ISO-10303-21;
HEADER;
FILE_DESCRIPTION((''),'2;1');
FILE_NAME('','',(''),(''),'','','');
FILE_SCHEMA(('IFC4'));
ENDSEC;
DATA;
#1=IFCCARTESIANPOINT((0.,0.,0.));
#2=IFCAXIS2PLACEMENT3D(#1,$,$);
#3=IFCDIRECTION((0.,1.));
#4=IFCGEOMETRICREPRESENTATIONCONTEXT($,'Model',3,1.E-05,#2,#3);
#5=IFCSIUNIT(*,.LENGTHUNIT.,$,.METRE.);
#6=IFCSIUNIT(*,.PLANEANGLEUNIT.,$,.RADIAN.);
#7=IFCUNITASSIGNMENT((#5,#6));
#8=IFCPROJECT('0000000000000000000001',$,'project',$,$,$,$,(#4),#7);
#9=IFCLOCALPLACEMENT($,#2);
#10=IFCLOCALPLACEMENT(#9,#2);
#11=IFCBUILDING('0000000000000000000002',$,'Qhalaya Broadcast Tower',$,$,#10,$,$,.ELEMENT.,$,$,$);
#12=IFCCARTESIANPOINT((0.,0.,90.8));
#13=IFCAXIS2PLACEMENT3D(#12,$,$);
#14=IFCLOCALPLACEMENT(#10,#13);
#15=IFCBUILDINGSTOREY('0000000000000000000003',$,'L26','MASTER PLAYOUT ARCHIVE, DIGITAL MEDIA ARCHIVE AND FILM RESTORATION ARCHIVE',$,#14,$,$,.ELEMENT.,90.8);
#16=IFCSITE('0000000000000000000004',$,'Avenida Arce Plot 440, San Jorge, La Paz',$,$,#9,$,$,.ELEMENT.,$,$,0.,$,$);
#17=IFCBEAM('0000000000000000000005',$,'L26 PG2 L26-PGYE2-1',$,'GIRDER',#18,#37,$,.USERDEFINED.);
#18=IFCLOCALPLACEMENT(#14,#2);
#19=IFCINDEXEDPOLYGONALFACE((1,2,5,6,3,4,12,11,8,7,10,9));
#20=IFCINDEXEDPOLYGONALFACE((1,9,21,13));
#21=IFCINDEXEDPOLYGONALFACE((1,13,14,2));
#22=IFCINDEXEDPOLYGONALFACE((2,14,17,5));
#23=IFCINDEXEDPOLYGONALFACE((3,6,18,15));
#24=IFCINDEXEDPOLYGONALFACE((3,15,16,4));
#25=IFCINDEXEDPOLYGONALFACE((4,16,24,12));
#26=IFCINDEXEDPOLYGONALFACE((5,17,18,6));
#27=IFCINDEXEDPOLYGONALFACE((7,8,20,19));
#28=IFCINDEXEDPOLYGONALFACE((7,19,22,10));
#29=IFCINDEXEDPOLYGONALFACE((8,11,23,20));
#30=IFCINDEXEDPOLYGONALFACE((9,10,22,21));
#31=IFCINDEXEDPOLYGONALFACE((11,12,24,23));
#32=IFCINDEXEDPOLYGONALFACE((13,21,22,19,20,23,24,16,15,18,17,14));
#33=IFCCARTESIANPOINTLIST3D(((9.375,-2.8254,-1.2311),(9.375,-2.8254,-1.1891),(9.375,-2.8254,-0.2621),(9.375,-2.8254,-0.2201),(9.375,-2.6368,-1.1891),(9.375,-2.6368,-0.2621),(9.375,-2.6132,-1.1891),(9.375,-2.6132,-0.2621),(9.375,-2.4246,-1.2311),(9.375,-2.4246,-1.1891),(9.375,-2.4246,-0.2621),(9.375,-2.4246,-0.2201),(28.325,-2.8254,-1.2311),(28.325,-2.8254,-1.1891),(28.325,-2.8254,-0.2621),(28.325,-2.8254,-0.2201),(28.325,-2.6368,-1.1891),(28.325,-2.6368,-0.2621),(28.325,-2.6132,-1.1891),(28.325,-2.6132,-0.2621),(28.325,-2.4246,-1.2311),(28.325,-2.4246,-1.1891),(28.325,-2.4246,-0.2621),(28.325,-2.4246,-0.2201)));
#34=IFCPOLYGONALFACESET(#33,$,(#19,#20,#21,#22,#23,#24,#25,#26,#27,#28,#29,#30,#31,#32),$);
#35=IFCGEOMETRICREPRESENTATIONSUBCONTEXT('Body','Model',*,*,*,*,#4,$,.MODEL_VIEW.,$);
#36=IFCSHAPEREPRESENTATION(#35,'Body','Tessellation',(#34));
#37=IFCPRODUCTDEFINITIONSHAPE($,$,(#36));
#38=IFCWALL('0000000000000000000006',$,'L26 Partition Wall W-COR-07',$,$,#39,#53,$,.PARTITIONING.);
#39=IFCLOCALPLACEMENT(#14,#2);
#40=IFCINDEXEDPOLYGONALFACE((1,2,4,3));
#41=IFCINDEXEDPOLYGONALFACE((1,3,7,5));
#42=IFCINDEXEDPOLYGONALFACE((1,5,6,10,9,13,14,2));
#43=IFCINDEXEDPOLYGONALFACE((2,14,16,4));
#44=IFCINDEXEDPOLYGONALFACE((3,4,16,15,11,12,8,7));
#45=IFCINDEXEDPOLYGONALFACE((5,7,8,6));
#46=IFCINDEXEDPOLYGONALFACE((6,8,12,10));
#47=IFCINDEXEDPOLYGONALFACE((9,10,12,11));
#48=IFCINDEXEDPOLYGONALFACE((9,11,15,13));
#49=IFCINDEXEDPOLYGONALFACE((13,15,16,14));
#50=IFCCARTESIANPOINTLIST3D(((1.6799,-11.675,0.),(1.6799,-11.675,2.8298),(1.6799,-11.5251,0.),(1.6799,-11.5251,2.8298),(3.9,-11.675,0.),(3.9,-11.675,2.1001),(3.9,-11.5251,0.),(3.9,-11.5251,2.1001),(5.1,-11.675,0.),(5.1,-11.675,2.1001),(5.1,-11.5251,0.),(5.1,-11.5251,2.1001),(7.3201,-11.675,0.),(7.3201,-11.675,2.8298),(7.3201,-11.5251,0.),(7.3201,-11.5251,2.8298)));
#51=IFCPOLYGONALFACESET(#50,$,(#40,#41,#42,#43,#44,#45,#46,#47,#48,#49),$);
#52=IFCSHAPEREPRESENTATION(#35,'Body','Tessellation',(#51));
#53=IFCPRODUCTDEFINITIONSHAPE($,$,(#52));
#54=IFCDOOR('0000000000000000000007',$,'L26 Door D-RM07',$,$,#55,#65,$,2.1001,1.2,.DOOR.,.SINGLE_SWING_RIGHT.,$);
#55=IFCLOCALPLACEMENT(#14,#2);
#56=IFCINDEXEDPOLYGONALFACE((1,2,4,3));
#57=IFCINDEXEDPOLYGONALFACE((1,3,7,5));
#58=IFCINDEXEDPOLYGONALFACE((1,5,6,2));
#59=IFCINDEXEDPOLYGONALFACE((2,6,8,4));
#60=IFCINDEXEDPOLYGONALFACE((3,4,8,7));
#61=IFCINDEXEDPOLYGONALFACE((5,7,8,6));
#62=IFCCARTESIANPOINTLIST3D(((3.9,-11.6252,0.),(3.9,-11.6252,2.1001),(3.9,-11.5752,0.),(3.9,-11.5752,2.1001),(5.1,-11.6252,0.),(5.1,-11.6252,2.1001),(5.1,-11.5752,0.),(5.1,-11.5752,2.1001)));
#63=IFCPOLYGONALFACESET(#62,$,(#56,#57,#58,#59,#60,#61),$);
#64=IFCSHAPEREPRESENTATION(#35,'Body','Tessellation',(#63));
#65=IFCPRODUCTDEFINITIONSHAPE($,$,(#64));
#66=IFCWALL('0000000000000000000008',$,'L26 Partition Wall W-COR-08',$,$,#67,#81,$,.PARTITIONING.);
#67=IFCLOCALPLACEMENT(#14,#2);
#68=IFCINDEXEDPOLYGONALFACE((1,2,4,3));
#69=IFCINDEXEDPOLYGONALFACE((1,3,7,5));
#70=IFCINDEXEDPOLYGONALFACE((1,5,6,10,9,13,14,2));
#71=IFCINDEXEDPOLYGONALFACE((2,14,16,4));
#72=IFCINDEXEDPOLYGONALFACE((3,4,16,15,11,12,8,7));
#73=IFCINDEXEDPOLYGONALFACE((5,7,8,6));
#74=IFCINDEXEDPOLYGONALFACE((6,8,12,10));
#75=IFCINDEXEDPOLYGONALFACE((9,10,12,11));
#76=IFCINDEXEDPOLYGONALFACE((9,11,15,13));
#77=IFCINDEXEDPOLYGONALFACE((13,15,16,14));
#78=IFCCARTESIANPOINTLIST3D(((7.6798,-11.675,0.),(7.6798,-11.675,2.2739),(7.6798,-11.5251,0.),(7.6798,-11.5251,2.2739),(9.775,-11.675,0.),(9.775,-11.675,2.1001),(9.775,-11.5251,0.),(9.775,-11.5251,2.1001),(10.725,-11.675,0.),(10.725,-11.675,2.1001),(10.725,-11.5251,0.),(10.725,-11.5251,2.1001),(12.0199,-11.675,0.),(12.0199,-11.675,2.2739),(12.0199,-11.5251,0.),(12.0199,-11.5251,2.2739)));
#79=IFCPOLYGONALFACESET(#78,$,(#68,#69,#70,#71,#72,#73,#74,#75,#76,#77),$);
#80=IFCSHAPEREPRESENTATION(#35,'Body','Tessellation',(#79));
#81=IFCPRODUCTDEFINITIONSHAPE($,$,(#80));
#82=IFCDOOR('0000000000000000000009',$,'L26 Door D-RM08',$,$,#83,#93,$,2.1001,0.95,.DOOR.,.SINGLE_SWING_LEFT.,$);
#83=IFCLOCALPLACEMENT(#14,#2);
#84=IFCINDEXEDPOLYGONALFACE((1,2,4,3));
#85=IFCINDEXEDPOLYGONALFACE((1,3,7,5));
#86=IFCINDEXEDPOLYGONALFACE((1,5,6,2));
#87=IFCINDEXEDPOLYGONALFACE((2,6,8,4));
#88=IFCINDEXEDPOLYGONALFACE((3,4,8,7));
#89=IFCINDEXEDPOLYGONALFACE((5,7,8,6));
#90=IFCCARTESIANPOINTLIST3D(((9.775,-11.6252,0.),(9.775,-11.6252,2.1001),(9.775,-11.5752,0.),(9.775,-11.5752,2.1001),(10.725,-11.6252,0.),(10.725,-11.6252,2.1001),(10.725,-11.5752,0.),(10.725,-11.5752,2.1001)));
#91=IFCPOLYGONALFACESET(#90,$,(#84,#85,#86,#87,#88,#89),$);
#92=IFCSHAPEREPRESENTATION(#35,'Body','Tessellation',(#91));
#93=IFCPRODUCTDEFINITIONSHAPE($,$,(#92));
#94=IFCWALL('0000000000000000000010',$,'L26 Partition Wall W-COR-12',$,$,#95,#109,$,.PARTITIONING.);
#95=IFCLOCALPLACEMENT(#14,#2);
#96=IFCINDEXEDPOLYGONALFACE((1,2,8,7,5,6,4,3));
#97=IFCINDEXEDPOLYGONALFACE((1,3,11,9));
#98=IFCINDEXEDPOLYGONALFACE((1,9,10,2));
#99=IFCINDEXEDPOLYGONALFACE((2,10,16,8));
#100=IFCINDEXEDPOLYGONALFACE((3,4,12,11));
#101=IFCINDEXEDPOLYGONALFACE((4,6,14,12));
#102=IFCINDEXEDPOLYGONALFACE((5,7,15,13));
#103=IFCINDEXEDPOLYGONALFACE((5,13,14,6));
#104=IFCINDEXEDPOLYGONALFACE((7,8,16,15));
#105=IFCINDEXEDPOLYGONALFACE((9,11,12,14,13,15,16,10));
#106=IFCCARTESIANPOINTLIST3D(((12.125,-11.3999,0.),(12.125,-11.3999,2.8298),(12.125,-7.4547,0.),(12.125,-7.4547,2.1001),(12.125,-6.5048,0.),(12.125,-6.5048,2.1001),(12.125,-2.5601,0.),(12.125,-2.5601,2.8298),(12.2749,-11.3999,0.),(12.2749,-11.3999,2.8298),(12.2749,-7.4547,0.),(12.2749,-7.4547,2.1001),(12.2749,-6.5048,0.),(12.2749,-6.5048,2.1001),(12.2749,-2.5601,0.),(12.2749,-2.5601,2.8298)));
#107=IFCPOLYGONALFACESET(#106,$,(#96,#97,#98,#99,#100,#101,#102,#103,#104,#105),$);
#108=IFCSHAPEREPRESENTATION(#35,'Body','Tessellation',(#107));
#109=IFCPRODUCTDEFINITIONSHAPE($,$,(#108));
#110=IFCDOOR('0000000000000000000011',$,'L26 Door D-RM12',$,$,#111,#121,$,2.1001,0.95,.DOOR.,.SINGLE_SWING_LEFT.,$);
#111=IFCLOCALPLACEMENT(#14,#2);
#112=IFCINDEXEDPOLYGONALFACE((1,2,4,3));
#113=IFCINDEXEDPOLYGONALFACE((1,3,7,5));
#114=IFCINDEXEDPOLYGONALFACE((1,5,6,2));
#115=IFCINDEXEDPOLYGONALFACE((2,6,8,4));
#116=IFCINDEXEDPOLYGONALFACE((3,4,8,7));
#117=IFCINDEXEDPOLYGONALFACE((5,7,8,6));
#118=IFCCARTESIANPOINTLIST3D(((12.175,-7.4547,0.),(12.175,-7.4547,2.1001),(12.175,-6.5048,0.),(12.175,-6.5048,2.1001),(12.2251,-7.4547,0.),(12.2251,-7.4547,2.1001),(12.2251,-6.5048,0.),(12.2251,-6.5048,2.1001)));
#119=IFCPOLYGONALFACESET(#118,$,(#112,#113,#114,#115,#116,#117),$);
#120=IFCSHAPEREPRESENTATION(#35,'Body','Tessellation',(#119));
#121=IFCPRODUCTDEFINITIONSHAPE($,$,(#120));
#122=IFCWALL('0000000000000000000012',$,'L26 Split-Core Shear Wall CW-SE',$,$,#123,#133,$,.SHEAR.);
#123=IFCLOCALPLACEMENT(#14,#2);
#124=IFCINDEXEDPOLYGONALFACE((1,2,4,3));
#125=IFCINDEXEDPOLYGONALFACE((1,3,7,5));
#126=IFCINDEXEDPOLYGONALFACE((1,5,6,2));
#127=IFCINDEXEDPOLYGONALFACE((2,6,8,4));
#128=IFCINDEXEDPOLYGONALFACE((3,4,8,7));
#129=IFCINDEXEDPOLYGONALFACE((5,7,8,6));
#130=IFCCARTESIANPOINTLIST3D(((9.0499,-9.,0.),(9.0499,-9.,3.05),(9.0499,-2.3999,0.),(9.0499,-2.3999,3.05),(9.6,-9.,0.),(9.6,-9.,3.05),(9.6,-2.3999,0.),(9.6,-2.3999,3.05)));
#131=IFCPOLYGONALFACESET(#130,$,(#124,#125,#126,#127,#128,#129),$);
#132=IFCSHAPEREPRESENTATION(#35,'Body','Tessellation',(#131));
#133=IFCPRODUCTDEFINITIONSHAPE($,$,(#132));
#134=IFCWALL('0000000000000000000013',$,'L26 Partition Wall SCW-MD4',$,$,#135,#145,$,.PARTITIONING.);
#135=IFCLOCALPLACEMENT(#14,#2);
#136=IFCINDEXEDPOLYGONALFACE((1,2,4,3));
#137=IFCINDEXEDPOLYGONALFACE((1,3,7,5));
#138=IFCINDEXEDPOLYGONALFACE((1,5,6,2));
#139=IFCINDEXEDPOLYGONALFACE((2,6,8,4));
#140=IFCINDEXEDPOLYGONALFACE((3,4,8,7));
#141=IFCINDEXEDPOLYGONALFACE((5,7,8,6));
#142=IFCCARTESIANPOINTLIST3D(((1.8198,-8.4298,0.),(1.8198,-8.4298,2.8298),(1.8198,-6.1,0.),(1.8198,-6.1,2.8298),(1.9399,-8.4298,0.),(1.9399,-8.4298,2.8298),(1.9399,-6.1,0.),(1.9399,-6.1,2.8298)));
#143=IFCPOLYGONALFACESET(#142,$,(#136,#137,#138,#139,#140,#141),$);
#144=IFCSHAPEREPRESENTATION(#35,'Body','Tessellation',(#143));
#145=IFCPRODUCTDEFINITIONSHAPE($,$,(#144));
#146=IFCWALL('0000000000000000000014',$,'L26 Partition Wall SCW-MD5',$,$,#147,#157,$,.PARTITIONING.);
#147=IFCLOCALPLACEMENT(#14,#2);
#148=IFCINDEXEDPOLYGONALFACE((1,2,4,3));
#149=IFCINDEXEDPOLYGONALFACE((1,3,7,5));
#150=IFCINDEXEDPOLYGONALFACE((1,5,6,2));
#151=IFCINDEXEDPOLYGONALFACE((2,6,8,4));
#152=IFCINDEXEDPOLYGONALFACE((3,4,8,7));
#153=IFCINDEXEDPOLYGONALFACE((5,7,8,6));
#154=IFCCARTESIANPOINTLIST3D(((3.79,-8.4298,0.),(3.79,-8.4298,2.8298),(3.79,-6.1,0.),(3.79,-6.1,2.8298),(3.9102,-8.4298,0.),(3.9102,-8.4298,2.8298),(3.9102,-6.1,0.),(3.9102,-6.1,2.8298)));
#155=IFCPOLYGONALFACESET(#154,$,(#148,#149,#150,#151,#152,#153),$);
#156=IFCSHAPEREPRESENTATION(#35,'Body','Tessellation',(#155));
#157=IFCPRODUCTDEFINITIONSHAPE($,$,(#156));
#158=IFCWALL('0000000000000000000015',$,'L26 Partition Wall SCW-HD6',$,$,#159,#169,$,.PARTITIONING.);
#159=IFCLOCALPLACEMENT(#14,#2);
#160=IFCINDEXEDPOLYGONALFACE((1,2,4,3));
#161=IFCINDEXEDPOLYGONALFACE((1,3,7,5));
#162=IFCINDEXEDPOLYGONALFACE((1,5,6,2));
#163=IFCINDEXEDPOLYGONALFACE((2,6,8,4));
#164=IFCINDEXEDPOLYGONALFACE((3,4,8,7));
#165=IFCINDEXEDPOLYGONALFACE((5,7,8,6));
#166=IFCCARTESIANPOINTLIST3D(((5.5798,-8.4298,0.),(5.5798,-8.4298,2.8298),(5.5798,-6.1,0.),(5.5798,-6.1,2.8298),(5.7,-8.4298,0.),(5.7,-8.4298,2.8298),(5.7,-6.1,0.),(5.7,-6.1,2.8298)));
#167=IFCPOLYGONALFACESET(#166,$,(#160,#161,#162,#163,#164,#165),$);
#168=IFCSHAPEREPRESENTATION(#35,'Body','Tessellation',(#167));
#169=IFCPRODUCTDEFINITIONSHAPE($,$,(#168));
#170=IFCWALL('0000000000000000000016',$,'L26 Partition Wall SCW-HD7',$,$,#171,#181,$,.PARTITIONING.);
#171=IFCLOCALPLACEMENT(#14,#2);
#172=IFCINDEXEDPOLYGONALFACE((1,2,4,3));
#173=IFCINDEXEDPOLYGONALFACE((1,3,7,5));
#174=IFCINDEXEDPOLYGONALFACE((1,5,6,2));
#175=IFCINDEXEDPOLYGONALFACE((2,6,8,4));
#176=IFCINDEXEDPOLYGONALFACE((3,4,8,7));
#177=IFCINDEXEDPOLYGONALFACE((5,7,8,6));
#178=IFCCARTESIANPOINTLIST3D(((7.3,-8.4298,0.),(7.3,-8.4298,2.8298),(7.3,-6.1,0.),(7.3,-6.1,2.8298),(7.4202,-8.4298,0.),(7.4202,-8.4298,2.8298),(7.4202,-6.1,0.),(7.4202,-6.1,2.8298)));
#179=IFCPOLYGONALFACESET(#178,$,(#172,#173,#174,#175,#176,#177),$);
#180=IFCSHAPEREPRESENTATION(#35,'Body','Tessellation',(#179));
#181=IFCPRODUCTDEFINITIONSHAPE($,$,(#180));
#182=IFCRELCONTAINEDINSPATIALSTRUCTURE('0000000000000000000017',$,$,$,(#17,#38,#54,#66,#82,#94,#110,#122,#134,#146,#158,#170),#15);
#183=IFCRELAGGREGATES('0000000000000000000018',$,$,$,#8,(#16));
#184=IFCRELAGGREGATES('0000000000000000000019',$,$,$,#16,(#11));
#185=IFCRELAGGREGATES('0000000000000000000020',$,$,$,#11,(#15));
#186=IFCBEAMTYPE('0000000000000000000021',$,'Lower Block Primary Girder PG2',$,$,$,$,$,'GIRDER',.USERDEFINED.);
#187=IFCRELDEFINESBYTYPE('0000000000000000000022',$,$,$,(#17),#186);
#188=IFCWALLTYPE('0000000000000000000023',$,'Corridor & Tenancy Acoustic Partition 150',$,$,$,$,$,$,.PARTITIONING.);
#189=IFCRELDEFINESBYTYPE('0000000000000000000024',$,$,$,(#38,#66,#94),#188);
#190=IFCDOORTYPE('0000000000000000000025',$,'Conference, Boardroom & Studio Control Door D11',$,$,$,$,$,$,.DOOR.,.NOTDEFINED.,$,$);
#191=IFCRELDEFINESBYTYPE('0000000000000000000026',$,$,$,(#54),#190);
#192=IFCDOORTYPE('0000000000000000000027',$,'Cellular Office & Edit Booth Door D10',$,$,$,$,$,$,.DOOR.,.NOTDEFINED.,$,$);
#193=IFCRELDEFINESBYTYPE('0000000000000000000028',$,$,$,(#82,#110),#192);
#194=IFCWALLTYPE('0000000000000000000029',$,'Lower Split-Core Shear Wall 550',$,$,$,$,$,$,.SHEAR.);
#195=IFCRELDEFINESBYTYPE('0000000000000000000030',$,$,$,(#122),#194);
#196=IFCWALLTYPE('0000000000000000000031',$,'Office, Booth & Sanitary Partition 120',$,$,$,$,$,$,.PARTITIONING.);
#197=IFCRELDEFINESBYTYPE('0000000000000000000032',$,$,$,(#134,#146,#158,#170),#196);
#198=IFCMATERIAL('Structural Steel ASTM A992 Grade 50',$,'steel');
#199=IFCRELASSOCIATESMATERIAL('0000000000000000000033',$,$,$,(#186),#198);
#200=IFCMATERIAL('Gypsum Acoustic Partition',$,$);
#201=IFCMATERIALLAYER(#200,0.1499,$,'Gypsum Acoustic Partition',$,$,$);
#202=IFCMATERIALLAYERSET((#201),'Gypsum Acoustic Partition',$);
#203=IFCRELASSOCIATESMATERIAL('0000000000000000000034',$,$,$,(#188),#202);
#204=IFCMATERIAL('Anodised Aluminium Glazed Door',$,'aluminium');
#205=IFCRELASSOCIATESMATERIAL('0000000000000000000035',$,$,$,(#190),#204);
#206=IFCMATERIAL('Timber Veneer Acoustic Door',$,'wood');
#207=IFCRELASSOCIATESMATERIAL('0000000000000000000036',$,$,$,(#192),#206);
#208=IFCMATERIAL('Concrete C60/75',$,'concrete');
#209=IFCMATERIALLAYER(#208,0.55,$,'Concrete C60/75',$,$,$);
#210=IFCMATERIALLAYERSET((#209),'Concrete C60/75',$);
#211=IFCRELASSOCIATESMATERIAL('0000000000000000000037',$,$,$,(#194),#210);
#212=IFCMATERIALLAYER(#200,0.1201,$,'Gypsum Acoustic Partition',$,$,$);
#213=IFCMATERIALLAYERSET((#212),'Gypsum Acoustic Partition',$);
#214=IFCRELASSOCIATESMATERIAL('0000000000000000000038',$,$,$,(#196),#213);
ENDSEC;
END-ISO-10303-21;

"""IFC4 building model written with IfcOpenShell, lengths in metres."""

from ifc_helpers import new_model, si_unit, direction, frame, frame_2d, origin, origin_2d, place, context, subcontext, project, spatial, rectangle, i_section, extrude, material, layer, layer_set, material_profile, profile_set, type_object, element, fill, save


model = new_model("IFC4")

# Units and contexts
model_context = context("Model", 3, precision=1e-05, world=origin(), true_north=direction((0.0, 1.0)))
body_context = subcontext(model_context, "Body", "Model", "MODEL_VIEW")
ifc_project = project(units=[si_unit("LENGTHUNIT", "METRE"), si_unit("PLANEANGLEUNIT", "RADIAN")], contexts=[model_context])

# Site, building, storey
site_placement = place(None, origin())
site = spatial("IfcSite", under=ifc_project, at=site_placement, Name="Avenida Arce Plot 440, San Jorge, La Paz", CompositionType="ELEMENT", RefElevation=0.0)
building_placement = place(site_placement, origin())
building = spatial("IfcBuilding", under=site, at=building_placement, Name="Qhalaya Broadcast Tower", CompositionType="ELEMENT")
storey_placement = place(building_placement, frame((0.0, 0.0, 90.8)))
storey = spatial("IfcBuildingStorey", under=building, at=storey_placement, Name="L26", Description="MASTER PLAYOUT ARCHIVE, DIGITAL MEDIA ARCHIVE AND FILM RESTORATION ARCHIVE", CompositionType="ELEMENT", Elevation=90.8)

# Beam
ifc_material_1 = material(Name="Structural Steel ASTM A992 Grade 50", Category="steel")
ifc_material_profile_1 = material_profile(ifc_material_1, i_section(OverallWidth=0.4009, OverallDepth=1.011, WebThickness=0.0237, FlangeThickness=0.042, at=origin_2d()), Name="W40X297")
ifc_profile_set_1 = profile_set([ifc_material_profile_1], Name="Structural Steel ASTM A992 Grade 50")
beam_type_1 = type_object("IfcBeamType", Name="Lower Block Primary Girder PG2", ElementType="GIRDER", PredefinedType="USERDEFINED", material=ifc_profile_set_1)
beam_1_placement = place(storey_placement, frame((9.375, -2.625, -0.7256), z_axis=(1.0, 0.0, 0.0), x_axis=(0.0, 1.0, 0.0)))
element("IfcBeam", 1, at=beam_1_placement, inside=storey, type_object=beam_type_1, Name="L26 PG2 L26-PGYE2-1", ObjectType="GIRDER", PredefinedType="USERDEFINED", context=body_context, shape_type="SweptSolid", body=[
    extrude(i_section(OverallWidth=0.4009, OverallDepth=1.011, WebThickness=0.0237, FlangeThickness=0.042, at=origin_2d()), origin(), (0.0, 0.0, 1.0), 18.95),
])

# Walls, openings, doors
ifc_material_2 = material(Name="Gypsum Acoustic Partition")
ifc_layer_1 = layer(ifc_material_2, 0.1499, Name="Gypsum Acoustic Partition")
ifc_layer_set_1 = layer_set([ifc_layer_1], Name="Gypsum Acoustic Partition")
wall_type_1 = type_object("IfcWallType", Name="Corridor & Tenancy Acoustic Partition 150", PredefinedType="PARTITIONING", material=ifc_layer_set_1)
wall_1_placement = place(storey_placement, frame((1.6799, -11.6001, 0.0), z_axis=(0.0, 0.0, 1.0), x_axis=(1.0, 0.0, 0.0)))
wall_1 = element("IfcWall", 2, at=wall_1_placement, inside=storey, type_object=wall_type_1, Name="L26 Partition Wall W-COR-07", PredefinedType="PARTITIONING", context=body_context, shape_type="SweptSolid", body=[
    extrude(rectangle(XDim=5.6401, YDim=0.1499, at=frame_2d((2.8201, 0.0))), origin(), (0.0, 0.0, 1.0), 2.8298),
])
opening_1_placement = place(wall_1_placement, frame((2.22, 0.0, 0.0)))
opening_1 = element("IfcOpeningElement", 3, at=opening_1_placement, cuts=wall_1, PredefinedType="OPENING", context=body_context, shape_type="SweptSolid", body=[
    extrude(rectangle(XDim=1.2, YDim=2.1001, at=frame_2d((0.6001, 1.05))), frame((0.0, 0.0869, 0.0), z_axis=(0.0, -1.0, 0.0), x_axis=(1.0, 0.0, 0.0)), (0.0, 0.0, 1.0), 0.1738),
])
ifc_material_3 = material(Name="Anodised Aluminium Glazed Door", Category="aluminium")
door_type_1 = type_object("IfcDoorType", Name="Conference, Boardroom & Studio Control Door D11", OperationType="NOTDEFINED", PredefinedType="DOOR", material=ifc_material_3)
door_1_placement = place(opening_1_placement, origin())
door_1 = element("IfcDoor", 4, at=door_1_placement, inside=storey, type_object=door_type_1, Name="L26 Door D-RM07", OperationType="SINGLE_SWING_RIGHT", OverallHeight=2.1001, OverallWidth=1.2, PredefinedType="DOOR", context=body_context, shape_type="SweptSolid", body=[
    extrude(rectangle(XDim=1.2, YDim=2.1001, at=frame_2d((0.6001, 1.05))), frame((0.0, 0.0249, 0.0), z_axis=(0.0, -1.0, 0.0), x_axis=(1.0, 0.0, 0.0)), (0.0, 0.0, 1.0), 0.05),
])
fill(opening_1, door_1)
wall_2_placement = place(storey_placement, frame((7.6799, -11.6001, 0.0), z_axis=(0.0, 0.0, 1.0), x_axis=(1.0, 0.0, 0.0)))
wall_2 = element("IfcWall", 5, at=wall_2_placement, inside=storey, type_object=wall_type_1, Name="L26 Partition Wall W-COR-08", PredefinedType="PARTITIONING", context=body_context, shape_type="SweptSolid", body=[
    extrude(rectangle(XDim=4.3401, YDim=0.1499, at=frame_2d((2.1699, 0.0))), origin(), (0.0, 0.0, 1.0), 2.2739),
])
opening_2_placement = place(wall_2_placement, frame((2.095, 0.0, 0.0)))
opening_2 = element("IfcOpeningElement", 6, at=opening_2_placement, cuts=wall_2, PredefinedType="OPENING", context=body_context, shape_type="SweptSolid", body=[
    extrude(rectangle(XDim=0.95, YDim=2.1001, at=frame_2d((0.4751, 1.05))), frame((0.0, 0.0869, 0.0), z_axis=(0.0, -1.0, 0.0), x_axis=(1.0, 0.0, 0.0)), (0.0, 0.0, 1.0), 0.1738),
])
ifc_material_4 = material(Name="Timber Veneer Acoustic Door", Category="wood")
door_type_2 = type_object("IfcDoorType", Name="Cellular Office & Edit Booth Door D10", OperationType="NOTDEFINED", PredefinedType="DOOR", material=ifc_material_4)
door_2_placement = place(opening_2_placement, origin())
door_2 = element("IfcDoor", 7, at=door_2_placement, inside=storey, type_object=door_type_2, Name="L26 Door D-RM08", OperationType="SINGLE_SWING_LEFT", OverallHeight=2.1001, OverallWidth=0.95, PredefinedType="DOOR", context=body_context, shape_type="SweptSolid", body=[
    extrude(rectangle(XDim=0.95, YDim=2.1001, at=frame_2d((0.4751, 1.05))), frame((0.0, 0.0249, 0.0), z_axis=(0.0, -1.0, 0.0), x_axis=(1.0, 0.0, 0.0)), (0.0, 0.0, 1.0), 0.05),
])
fill(opening_2, door_2)
wall_3_placement = place(storey_placement, frame((12.2, -11.3999, 0.0), z_axis=(0.0, 0.0, 1.0), x_axis=(0.0, 1.0, 0.0)))
wall_3 = element("IfcWall", 8, at=wall_3_placement, inside=storey, type_object=wall_type_1, Name="L26 Partition Wall W-COR-12", PredefinedType="PARTITIONING", context=body_context, shape_type="SweptSolid", body=[
    extrude(rectangle(XDim=8.8398, YDim=0.1499, at=frame_2d((4.4199, 0.0))), origin(), (0.0, 0.0, 1.0), 2.8298),
])
opening_3_placement = place(wall_3_placement, frame((3.9451, 0.0, 0.0)))
opening_3 = element("IfcOpeningElement", 9, at=opening_3_placement, cuts=wall_3, PredefinedType="OPENING", context=body_context, shape_type="SweptSolid", body=[
    extrude(rectangle(XDim=0.95, YDim=2.1001, at=frame_2d((0.4751, 1.05))), frame((0.0, 0.0869, 0.0), z_axis=(0.0, -1.0, 0.0), x_axis=(1.0, 0.0, 0.0)), (0.0, 0.0, 1.0), 0.1738),
])
door_3_placement = place(opening_3_placement, origin())
door_3 = element("IfcDoor", 10, at=door_3_placement, inside=storey, type_object=door_type_2, Name="L26 Door D-RM12", OperationType="SINGLE_SWING_LEFT", OverallHeight=2.1001, OverallWidth=0.95, PredefinedType="DOOR", context=body_context, shape_type="SweptSolid", body=[
    extrude(rectangle(XDim=0.95, YDim=2.1001, at=frame_2d((0.4751, 1.05))), frame((0.0, 0.0249, 0.0), z_axis=(0.0, -1.0, 0.0), x_axis=(1.0, 0.0, 0.0)), (0.0, 0.0, 1.0), 0.05),
])
fill(opening_3, door_3)

# Walls
ifc_material_5 = material(Name="Concrete C60/75", Category="concrete")
ifc_layer_2 = layer(ifc_material_5, 0.55, Name="Concrete C60/75")
ifc_layer_set_2 = layer_set([ifc_layer_2], Name="Concrete C60/75")
wall_type_2 = type_object("IfcWallType", Name="Lower Split-Core Shear Wall 550", PredefinedType="SHEAR", material=ifc_layer_set_2)
wall_4_placement = place(storey_placement, frame((9.325, -9.0, 0.0), z_axis=(0.0, 0.0, 1.0), x_axis=(0.0, 1.0, 0.0)))
element("IfcWall", 11, at=wall_4_placement, inside=storey, type_object=wall_type_2, Name="L26 Split-Core Shear Wall CW-SE", PredefinedType="SHEAR", context=body_context, shape_type="SweptSolid", body=[
    extrude(rectangle(XDim=6.6001, YDim=0.55, at=frame_2d((3.3, 0.0))), origin(), (0.0, 0.0, 1.0), 3.05),
])
ifc_layer_3 = layer(ifc_material_2, 0.1201, Name="Gypsum Acoustic Partition")
ifc_layer_set_3 = layer_set([ifc_layer_3], Name="Gypsum Acoustic Partition")
wall_type_3 = type_object("IfcWallType", Name="Office, Booth & Sanitary Partition 120", PredefinedType="PARTITIONING", material=ifc_layer_set_3)
for number, where, z_axis, x_axis, name in (
    (12, (1.8799, -8.4299, 0.0), (0.0, 0.0, 1.0), (0.0, 1.0, 0.0), "L26 Partition Wall SCW-MD4"),
    (13, (3.8501, -8.4299, 0.0), (0.0, 0.0, 1.0), (0.0, 1.0, 0.0), "L26 Partition Wall SCW-MD5"),
    (14, (5.6399, -8.4299, 0.0), (0.0, 0.0, 1.0), (0.0, 1.0, 0.0), "L26 Partition Wall SCW-HD6"),
    (15, (7.3601, -8.4299, 0.0), (0.0, 0.0, 1.0), (0.0, 1.0, 0.0), "L26 Partition Wall SCW-HD7"),
):
    element("IfcWall", number, at=place(storey_placement, frame(where, z_axis=z_axis, x_axis=x_axis)), inside=storey, type_object=wall_type_3, Name=name, PredefinedType="PARTITIONING", context=body_context, shape_type="SweptSolid", body=[
        extrude(rectangle(XDim=2.3298, YDim=0.1201, at=frame_2d((1.165, 0.0))), origin(), (0.0, 0.0, 1.0), 2.8298),
    ])

save(model, "model.ifc")
